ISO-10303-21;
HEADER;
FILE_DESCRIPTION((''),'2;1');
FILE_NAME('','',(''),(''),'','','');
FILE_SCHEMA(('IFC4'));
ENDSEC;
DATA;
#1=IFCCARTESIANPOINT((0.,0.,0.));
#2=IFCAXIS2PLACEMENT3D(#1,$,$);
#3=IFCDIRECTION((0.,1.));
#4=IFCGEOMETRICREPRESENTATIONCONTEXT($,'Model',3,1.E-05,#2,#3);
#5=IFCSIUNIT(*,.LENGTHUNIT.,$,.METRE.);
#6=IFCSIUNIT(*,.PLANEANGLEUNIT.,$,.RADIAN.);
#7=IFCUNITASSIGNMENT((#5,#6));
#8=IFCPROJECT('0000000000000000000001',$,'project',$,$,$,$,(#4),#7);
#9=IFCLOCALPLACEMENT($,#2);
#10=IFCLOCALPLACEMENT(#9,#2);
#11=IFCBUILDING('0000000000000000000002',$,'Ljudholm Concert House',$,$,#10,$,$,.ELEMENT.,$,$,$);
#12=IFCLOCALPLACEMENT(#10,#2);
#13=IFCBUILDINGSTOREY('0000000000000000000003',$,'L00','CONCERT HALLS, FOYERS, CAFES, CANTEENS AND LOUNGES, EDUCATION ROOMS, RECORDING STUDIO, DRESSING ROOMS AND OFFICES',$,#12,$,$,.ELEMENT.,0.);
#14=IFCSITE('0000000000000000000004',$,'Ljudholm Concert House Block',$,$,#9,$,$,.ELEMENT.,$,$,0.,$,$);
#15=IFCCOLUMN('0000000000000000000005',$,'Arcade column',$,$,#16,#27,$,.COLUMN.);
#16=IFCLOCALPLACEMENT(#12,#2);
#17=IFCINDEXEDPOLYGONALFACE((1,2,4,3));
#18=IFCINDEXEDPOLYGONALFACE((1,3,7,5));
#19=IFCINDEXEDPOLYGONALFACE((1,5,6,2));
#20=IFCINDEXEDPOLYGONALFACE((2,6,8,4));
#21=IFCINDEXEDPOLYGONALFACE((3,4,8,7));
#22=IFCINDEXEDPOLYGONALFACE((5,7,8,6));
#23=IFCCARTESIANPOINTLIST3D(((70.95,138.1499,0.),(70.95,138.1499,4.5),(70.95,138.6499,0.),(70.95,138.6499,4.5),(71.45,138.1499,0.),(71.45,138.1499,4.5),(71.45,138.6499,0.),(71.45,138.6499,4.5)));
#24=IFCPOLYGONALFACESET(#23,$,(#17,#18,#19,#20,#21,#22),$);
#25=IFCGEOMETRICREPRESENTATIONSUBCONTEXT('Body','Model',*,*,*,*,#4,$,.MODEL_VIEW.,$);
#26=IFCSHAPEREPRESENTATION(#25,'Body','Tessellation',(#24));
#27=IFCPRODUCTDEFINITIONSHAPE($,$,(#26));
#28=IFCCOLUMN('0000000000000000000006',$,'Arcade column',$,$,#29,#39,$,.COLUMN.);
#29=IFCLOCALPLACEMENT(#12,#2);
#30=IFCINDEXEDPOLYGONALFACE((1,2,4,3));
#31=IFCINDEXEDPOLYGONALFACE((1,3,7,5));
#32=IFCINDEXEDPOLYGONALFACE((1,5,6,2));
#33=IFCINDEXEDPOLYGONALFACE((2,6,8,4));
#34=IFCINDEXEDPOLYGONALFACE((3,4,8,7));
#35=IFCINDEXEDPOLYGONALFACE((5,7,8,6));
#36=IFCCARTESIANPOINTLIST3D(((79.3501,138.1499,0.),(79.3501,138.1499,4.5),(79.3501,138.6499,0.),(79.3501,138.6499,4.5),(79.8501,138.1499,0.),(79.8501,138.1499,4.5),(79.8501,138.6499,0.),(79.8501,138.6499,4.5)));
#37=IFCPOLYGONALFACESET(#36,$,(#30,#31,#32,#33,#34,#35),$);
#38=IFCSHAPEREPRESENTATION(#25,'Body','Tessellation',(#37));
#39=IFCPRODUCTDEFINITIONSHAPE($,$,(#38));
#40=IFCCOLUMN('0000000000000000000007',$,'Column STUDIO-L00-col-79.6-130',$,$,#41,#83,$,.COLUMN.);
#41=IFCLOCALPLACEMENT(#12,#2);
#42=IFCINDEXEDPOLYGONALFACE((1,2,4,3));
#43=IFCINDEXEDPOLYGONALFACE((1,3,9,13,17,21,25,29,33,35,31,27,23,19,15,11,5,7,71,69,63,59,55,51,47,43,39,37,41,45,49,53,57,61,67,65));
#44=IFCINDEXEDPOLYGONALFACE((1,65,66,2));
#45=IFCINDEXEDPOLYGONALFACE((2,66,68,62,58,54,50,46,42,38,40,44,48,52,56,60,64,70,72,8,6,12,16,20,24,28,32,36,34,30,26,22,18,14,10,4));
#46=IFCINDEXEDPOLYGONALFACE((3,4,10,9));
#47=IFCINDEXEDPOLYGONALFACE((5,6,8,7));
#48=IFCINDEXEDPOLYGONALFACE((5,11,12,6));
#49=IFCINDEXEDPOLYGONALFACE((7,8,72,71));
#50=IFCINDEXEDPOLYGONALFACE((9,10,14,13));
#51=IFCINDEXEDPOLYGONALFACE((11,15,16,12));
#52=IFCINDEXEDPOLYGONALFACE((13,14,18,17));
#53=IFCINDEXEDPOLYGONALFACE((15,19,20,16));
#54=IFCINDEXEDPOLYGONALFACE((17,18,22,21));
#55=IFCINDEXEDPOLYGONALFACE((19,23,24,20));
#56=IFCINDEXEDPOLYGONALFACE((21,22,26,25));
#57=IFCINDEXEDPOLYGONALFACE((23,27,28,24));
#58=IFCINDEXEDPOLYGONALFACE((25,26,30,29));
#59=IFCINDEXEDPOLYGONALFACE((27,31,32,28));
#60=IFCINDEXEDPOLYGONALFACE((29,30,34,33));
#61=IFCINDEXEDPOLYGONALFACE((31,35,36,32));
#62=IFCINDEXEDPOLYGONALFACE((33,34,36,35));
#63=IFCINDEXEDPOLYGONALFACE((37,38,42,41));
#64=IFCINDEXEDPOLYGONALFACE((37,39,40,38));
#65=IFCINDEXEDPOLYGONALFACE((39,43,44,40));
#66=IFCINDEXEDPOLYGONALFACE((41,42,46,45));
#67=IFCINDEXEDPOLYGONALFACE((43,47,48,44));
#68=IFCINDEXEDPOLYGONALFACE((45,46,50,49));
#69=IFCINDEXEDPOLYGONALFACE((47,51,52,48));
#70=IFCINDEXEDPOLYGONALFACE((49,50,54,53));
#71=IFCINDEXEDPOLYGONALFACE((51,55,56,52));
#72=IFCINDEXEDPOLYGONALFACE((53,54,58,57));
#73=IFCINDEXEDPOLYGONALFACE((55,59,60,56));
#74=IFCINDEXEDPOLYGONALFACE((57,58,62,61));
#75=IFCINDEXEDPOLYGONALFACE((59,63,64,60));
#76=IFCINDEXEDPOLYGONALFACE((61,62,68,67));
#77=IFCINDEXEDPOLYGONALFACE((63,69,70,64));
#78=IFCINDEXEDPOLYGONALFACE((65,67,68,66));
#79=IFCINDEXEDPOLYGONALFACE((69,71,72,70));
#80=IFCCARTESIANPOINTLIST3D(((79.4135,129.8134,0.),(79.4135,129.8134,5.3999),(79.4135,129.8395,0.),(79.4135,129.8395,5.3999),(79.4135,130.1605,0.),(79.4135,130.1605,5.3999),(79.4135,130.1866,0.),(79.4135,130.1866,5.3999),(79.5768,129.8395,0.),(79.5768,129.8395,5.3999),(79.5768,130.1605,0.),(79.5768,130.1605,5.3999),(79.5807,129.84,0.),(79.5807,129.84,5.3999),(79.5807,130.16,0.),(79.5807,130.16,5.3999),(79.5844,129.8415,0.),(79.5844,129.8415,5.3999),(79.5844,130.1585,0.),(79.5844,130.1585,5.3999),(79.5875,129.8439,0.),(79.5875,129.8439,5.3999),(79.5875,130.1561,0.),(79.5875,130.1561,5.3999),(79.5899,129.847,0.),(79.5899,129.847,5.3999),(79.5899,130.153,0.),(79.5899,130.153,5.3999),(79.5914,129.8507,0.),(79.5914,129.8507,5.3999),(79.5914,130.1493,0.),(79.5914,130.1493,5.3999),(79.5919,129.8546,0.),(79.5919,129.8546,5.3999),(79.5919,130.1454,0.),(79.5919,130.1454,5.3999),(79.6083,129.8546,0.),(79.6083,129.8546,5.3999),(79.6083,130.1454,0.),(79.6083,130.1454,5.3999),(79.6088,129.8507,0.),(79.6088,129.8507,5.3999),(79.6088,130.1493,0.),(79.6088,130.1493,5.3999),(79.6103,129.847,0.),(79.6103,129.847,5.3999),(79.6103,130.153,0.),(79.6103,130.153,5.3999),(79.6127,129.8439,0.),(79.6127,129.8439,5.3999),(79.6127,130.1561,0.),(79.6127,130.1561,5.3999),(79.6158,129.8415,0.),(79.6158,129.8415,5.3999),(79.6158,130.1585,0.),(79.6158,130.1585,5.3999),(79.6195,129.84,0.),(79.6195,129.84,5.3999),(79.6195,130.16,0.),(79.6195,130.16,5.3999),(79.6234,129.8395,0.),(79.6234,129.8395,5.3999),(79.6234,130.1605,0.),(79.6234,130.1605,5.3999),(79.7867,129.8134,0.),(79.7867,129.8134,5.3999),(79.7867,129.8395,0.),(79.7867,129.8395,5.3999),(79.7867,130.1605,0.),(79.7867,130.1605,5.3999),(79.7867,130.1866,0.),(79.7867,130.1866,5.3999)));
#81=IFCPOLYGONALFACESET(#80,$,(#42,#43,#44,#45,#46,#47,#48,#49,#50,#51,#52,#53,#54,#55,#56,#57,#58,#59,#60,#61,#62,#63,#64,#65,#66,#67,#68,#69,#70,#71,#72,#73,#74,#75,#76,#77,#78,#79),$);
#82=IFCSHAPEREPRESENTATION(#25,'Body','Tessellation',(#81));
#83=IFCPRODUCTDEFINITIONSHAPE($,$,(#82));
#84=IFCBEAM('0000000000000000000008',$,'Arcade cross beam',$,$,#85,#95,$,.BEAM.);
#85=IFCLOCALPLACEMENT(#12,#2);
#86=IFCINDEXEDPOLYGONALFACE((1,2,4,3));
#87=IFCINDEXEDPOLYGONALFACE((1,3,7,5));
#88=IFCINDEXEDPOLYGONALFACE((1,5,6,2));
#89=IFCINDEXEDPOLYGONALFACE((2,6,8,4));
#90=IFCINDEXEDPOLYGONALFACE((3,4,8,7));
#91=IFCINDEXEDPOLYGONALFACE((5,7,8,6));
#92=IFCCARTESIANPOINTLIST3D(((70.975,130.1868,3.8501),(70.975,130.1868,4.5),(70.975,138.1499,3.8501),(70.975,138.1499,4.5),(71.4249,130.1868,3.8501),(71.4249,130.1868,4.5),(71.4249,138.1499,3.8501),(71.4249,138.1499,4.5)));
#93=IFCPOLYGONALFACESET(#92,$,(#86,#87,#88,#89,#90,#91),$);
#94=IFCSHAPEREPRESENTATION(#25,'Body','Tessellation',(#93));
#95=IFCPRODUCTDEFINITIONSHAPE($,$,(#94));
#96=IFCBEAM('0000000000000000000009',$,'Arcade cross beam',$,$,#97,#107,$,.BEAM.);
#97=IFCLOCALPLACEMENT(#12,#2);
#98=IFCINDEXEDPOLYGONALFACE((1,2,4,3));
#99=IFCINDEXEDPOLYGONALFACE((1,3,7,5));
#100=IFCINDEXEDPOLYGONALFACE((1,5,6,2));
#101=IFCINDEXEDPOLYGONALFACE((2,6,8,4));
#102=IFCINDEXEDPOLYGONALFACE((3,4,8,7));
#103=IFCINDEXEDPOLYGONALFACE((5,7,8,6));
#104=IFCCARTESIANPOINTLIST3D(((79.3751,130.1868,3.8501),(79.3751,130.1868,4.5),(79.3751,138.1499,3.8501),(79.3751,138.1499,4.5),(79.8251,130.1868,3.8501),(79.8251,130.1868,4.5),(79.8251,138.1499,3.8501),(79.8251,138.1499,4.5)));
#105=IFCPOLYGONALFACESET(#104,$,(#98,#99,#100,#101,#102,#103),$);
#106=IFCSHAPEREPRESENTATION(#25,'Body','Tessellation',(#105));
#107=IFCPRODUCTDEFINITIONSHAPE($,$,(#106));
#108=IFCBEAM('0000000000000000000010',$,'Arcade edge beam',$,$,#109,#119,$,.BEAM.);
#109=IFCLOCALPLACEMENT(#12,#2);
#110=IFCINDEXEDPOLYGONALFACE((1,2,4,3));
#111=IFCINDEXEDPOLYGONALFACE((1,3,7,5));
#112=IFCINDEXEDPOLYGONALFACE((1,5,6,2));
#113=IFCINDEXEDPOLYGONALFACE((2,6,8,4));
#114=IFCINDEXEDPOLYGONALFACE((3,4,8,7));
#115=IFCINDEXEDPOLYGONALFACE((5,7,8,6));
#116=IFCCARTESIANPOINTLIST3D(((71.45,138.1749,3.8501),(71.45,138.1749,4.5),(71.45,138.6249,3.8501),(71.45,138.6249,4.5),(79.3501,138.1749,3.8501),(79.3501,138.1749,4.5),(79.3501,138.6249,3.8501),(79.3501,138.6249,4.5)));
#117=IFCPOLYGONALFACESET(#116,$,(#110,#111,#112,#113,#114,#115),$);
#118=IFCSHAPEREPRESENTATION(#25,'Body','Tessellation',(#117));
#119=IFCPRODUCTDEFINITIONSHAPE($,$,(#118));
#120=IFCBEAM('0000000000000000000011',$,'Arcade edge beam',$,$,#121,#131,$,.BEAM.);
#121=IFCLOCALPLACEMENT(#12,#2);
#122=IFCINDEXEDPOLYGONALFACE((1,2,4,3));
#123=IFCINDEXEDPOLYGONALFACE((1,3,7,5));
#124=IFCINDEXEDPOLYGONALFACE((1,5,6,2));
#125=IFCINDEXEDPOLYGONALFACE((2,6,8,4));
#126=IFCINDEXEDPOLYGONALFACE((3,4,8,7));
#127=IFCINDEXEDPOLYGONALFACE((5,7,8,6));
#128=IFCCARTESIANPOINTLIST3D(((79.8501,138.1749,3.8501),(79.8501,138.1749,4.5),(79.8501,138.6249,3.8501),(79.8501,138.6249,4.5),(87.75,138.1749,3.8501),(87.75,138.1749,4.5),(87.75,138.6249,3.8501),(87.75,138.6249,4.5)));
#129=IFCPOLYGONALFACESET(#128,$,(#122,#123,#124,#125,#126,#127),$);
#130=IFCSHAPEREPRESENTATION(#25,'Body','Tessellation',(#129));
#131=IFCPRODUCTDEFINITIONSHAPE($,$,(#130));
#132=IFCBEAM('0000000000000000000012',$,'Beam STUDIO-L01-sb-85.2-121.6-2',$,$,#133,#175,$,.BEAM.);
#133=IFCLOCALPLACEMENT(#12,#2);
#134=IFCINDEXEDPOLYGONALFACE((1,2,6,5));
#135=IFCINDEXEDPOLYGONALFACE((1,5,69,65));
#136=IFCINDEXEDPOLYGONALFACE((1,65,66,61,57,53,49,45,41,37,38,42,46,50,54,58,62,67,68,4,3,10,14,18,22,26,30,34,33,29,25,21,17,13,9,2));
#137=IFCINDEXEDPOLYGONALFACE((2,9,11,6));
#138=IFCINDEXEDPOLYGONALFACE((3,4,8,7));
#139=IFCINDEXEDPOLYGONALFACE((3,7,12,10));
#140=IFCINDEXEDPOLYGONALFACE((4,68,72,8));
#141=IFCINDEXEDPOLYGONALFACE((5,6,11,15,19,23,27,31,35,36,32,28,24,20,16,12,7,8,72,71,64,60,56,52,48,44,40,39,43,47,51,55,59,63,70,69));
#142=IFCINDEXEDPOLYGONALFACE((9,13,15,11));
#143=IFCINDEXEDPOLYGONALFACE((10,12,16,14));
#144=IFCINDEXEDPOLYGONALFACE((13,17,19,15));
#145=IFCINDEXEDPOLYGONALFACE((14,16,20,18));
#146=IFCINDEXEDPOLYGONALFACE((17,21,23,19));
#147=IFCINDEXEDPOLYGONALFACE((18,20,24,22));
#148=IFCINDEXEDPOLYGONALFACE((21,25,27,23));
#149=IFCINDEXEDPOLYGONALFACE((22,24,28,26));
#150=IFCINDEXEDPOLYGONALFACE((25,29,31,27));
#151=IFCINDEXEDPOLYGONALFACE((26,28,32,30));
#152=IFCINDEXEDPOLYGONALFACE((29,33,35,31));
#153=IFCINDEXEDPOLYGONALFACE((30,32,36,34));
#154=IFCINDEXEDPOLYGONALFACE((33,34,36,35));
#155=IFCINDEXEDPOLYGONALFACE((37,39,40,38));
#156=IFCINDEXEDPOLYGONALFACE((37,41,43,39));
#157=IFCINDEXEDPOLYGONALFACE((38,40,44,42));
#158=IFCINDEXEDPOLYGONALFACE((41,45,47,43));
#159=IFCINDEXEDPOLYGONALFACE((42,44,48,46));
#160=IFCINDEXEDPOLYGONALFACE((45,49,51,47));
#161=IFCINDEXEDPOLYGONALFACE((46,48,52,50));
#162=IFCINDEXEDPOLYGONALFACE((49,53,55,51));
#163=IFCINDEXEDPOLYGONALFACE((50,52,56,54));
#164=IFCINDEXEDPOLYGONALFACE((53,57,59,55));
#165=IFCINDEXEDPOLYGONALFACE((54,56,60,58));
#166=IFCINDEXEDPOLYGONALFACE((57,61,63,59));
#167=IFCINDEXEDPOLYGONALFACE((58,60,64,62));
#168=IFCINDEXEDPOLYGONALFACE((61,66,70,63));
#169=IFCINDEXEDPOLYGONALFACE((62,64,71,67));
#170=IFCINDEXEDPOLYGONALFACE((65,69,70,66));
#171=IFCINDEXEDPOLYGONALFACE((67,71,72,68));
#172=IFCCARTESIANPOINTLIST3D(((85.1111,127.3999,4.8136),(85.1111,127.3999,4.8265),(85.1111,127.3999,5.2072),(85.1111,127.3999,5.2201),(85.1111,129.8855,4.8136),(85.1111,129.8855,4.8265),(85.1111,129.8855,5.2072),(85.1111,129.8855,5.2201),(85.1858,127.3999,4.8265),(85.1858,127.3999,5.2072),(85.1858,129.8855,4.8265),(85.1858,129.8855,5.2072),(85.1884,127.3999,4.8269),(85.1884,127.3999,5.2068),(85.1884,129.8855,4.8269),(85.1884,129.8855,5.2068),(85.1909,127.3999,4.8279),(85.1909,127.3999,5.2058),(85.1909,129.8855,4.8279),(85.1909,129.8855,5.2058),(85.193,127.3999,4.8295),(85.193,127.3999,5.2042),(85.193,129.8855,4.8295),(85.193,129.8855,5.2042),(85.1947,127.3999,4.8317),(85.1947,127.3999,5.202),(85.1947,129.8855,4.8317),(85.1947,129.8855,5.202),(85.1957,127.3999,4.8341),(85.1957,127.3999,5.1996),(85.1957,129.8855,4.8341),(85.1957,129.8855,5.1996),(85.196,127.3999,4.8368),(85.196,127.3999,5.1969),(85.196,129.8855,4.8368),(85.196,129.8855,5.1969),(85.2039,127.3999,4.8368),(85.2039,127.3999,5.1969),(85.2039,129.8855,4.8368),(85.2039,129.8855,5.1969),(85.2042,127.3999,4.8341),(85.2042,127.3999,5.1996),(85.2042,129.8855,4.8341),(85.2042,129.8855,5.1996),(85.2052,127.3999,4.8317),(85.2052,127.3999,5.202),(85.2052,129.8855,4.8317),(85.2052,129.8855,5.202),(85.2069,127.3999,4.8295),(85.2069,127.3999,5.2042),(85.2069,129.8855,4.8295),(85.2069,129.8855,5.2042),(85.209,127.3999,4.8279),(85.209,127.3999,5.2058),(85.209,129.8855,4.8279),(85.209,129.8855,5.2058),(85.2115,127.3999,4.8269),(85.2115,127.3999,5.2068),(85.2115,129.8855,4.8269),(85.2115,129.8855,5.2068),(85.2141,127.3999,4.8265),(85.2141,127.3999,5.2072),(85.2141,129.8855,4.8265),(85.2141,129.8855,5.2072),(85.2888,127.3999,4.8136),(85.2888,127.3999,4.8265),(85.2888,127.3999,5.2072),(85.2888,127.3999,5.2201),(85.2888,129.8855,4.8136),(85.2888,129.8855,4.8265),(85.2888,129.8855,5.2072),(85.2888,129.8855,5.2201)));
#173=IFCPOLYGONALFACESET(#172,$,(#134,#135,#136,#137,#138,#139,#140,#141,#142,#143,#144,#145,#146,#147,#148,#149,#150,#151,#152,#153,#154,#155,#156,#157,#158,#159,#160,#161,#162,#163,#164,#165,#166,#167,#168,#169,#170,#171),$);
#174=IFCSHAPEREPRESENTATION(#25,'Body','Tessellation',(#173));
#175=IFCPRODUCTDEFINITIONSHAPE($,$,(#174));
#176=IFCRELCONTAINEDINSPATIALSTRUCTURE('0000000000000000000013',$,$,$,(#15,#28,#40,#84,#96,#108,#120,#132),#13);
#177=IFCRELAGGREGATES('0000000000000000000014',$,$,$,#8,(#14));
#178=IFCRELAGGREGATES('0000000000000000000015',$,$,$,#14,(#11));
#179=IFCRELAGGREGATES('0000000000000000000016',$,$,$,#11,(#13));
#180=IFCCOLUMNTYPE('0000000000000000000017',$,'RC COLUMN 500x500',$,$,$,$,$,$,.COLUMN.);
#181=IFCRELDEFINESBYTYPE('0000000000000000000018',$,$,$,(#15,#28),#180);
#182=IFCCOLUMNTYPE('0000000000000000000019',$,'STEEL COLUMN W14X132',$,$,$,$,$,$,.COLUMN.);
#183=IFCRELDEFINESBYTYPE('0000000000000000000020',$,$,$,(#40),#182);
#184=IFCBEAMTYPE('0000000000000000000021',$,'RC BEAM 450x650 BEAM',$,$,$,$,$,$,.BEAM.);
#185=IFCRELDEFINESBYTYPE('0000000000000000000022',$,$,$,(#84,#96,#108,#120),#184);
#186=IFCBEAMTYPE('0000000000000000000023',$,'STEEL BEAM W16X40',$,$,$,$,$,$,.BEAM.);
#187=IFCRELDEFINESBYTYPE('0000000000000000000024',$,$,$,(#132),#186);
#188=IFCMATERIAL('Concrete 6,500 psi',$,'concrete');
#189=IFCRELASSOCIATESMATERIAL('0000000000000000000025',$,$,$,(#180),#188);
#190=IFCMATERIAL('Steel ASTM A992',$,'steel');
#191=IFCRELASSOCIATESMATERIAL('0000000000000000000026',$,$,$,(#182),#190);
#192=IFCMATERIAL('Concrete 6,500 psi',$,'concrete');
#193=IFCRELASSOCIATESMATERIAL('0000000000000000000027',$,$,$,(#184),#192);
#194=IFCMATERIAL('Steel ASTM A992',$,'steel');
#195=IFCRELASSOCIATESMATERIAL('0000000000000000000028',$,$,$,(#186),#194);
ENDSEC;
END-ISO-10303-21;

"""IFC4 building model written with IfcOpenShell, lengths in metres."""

from ifc_helpers import new_model, si_unit, direction, frame, origin, origin_2d, place, context, subcontext, project, spatial, rectangle, i_section, extrude, material, material_profile, profile_set, type_object, element, save


model = new_model("IFC4")

# Units and contexts
model_context = context("Model", 3, precision=1e-05, world=origin(), true_north=direction((0.0, 1.0)))
body_context = subcontext(model_context, "Body", "Model", "MODEL_VIEW")
ifc_project = project(units=[si_unit("LENGTHUNIT", "METRE"), si_unit("PLANEANGLEUNIT", "RADIAN")], contexts=[model_context])

# Site, building, storey
site_placement = place(None, origin())
site = spatial("IfcSite", under=ifc_project, at=site_placement, Name="Ljudholm Concert House Block", CompositionType="ELEMENT", RefElevation=0.0)
building_placement = place(site_placement, origin())
building = spatial("IfcBuilding", under=site, at=building_placement, Name="Ljudholm Concert House", CompositionType="ELEMENT")
storey_placement = place(building_placement, origin())
storey = spatial("IfcBuildingStorey", under=building, at=storey_placement, Name="L00", Description="CONCERT HALLS, FOYERS, CAFES, CANTEENS AND LOUNGES, EDUCATION ROOMS, RECORDING STUDIO, DRESSING ROOMS AND OFFICES", CompositionType="ELEMENT", Elevation=0.0)

# Columns
ifc_material_1 = material(Name="Concrete 6,500 psi", Category="concrete")
ifc_material_profile_1 = material_profile(ifc_material_1, rectangle(XDim=0.5, YDim=0.5, at=origin_2d()), Name="RC COLUMN 500x500")
ifc_profile_set_1 = profile_set([ifc_material_profile_1], Name="Concrete 6,500 psi")
column_type_1 = type_object("IfcColumnType", Name="RC COLUMN 500x500", PredefinedType="COLUMN", material=ifc_profile_set_1)
for number, where, z_axis, x_axis, name in (
    (1, (71.2, 138.3999, 0.0), (0.0, 0.0, 1.0), (1.0, 0.0, 0.0), "Arcade column"),
    (2, (79.6001, 138.3999, 0.0), (0.0, 0.0, 1.0), (1.0, 0.0, 0.0), "Arcade column"),
):
    element("IfcColumn", number, at=place(storey_placement, frame(where, z_axis=z_axis, x_axis=x_axis)), inside=storey, type_object=column_type_1, Name=name, PredefinedType="COLUMN", context=body_context, shape_type="SweptSolid", body=[
        extrude(rectangle(XDim=0.5, YDim=0.5, at=origin_2d()), origin(), (0.0, 0.0, 1.0), 4.5),
    ])
ifc_material_2 = material(Name="Steel ASTM A992", Category="steel")
ifc_material_profile_2 = material_profile(ifc_material_2, i_section(OverallWidth=0.3733, OverallDepth=0.3733, WebThickness=0.0164, FlangeThickness=0.0261, FilletRadius=0.0151, at=origin_2d()), Name="W14X132")
ifc_profile_set_2 = profile_set([ifc_material_profile_2], Name="Steel ASTM A992")
column_type_2 = type_object("IfcColumnType", Name="STEEL COLUMN W14X132", PredefinedType="COLUMN", material=ifc_profile_set_2)
column_placement = place(storey_placement, frame((79.6001, 130.0, 0.0), z_axis=(0.0, 0.0, 1.0), x_axis=(1.0, 0.0, 0.0)))
element("IfcColumn", 3, at=column_placement, inside=storey, type_object=column_type_2, Name="Column STUDIO-L00-col-79.6-130", PredefinedType="COLUMN", context=body_context, shape_type="SweptSolid", body=[
    extrude(i_section(OverallWidth=0.3733, OverallDepth=0.3733, WebThickness=0.0164, FlangeThickness=0.0261, FilletRadius=0.0151, at=origin_2d()), origin(), (0.0, 0.0, 1.0), 5.3999),
])

# Beams
ifc_material_3 = material(Name="Concrete 6,500 psi", Category="concrete")
ifc_material_profile_3 = material_profile(ifc_material_3, rectangle(XDim=0.45, YDim=0.6499, at=origin_2d()), Name="RC BEAM 450x650 BEAM")
ifc_profile_set_3 = profile_set([ifc_material_profile_3], Name="Concrete 6,500 psi")
beam_type_1 = type_object("IfcBeamType", Name="RC BEAM 450x650 BEAM", PredefinedType="BEAM", material=ifc_profile_set_3)
for number, where, z_axis, x_axis, name in (
    (4, (71.2, 138.1499, 4.175), (0.0, -1.0, 0.0), (1.0, 0.0, 0.0), "Arcade cross beam"),
    (5, (79.6001, 138.1499, 4.175), (0.0, -1.0, 0.0), (1.0, 0.0, 0.0), "Arcade cross beam"),
):
    element("IfcBeam", number, at=place(storey_placement, frame(where, z_axis=z_axis, x_axis=x_axis)), inside=storey, type_object=beam_type_1, Name=name, PredefinedType="BEAM", context=body_context, shape_type="SweptSolid", body=[
        extrude(rectangle(XDim=0.45, YDim=0.6499, at=origin_2d()), origin(), (0.0, 0.0, 1.0), 7.9631),
    ])
beam_1_placement = place(storey_placement, frame((71.45, 138.3999, 4.175), z_axis=(1.0, 0.0, 0.0), x_axis=(0.0, 1.0, 0.0)))
element("IfcBeam", 6, at=beam_1_placement, inside=storey, type_object=beam_type_1, Name="Arcade edge beam", PredefinedType="BEAM", context=body_context, shape_type="SweptSolid", body=[
    extrude(rectangle(XDim=0.45, YDim=0.6499, at=origin_2d()), origin(), (0.0, 0.0, 1.0), 7.9001),
])
beam_2_placement = place(storey_placement, frame((79.8501, 138.3999, 4.175), z_axis=(1.0, 0.0, 0.0), x_axis=(0.0, 1.0, 0.0)))
element("IfcBeam", 7, at=beam_2_placement, inside=storey, type_object=beam_type_1, Name="Arcade edge beam", PredefinedType="BEAM", context=body_context, shape_type="SweptSolid", body=[
    extrude(rectangle(XDim=0.45, YDim=0.6499, at=origin_2d()), origin(), (0.0, 0.0, 1.0), 7.8999),
])
ifc_material_4 = material(Name="Steel ASTM A992", Category="steel")
ifc_material_profile_4 = material_profile(ifc_material_4, i_section(OverallWidth=0.1777, OverallDepth=0.4065, WebThickness=0.0078, FlangeThickness=0.0129, FilletRadius=0.0103, at=origin_2d()), Name="W16X40")
ifc_profile_set_4 = profile_set([ifc_material_profile_4], Name="Steel ASTM A992")
beam_type_2 = type_object("IfcBeamType", Name="STEEL BEAM W16X40", PredefinedType="BEAM", material=ifc_profile_set_4)
beam_3_placement = place(storey_placement, frame((85.2, 127.3999, 5.0168), z_axis=(0.0, 1.0, 0.0), x_axis=(-1.0, 0.0, 0.0)))
element("IfcBeam", 8, at=beam_3_placement, inside=storey, type_object=beam_type_2, Name="Beam STUDIO-L01-sb-85.2-121.6-2", PredefinedType="BEAM", context=body_context, shape_type="SweptSolid", body=[
    extrude(i_section(OverallWidth=0.1777, OverallDepth=0.4065, WebThickness=0.0078, FlangeThickness=0.0129, FilletRadius=0.0103, at=origin_2d()), origin(), (0.0, 0.0, 1.0), 2.4856),
])

save(model, "model.ifc")
